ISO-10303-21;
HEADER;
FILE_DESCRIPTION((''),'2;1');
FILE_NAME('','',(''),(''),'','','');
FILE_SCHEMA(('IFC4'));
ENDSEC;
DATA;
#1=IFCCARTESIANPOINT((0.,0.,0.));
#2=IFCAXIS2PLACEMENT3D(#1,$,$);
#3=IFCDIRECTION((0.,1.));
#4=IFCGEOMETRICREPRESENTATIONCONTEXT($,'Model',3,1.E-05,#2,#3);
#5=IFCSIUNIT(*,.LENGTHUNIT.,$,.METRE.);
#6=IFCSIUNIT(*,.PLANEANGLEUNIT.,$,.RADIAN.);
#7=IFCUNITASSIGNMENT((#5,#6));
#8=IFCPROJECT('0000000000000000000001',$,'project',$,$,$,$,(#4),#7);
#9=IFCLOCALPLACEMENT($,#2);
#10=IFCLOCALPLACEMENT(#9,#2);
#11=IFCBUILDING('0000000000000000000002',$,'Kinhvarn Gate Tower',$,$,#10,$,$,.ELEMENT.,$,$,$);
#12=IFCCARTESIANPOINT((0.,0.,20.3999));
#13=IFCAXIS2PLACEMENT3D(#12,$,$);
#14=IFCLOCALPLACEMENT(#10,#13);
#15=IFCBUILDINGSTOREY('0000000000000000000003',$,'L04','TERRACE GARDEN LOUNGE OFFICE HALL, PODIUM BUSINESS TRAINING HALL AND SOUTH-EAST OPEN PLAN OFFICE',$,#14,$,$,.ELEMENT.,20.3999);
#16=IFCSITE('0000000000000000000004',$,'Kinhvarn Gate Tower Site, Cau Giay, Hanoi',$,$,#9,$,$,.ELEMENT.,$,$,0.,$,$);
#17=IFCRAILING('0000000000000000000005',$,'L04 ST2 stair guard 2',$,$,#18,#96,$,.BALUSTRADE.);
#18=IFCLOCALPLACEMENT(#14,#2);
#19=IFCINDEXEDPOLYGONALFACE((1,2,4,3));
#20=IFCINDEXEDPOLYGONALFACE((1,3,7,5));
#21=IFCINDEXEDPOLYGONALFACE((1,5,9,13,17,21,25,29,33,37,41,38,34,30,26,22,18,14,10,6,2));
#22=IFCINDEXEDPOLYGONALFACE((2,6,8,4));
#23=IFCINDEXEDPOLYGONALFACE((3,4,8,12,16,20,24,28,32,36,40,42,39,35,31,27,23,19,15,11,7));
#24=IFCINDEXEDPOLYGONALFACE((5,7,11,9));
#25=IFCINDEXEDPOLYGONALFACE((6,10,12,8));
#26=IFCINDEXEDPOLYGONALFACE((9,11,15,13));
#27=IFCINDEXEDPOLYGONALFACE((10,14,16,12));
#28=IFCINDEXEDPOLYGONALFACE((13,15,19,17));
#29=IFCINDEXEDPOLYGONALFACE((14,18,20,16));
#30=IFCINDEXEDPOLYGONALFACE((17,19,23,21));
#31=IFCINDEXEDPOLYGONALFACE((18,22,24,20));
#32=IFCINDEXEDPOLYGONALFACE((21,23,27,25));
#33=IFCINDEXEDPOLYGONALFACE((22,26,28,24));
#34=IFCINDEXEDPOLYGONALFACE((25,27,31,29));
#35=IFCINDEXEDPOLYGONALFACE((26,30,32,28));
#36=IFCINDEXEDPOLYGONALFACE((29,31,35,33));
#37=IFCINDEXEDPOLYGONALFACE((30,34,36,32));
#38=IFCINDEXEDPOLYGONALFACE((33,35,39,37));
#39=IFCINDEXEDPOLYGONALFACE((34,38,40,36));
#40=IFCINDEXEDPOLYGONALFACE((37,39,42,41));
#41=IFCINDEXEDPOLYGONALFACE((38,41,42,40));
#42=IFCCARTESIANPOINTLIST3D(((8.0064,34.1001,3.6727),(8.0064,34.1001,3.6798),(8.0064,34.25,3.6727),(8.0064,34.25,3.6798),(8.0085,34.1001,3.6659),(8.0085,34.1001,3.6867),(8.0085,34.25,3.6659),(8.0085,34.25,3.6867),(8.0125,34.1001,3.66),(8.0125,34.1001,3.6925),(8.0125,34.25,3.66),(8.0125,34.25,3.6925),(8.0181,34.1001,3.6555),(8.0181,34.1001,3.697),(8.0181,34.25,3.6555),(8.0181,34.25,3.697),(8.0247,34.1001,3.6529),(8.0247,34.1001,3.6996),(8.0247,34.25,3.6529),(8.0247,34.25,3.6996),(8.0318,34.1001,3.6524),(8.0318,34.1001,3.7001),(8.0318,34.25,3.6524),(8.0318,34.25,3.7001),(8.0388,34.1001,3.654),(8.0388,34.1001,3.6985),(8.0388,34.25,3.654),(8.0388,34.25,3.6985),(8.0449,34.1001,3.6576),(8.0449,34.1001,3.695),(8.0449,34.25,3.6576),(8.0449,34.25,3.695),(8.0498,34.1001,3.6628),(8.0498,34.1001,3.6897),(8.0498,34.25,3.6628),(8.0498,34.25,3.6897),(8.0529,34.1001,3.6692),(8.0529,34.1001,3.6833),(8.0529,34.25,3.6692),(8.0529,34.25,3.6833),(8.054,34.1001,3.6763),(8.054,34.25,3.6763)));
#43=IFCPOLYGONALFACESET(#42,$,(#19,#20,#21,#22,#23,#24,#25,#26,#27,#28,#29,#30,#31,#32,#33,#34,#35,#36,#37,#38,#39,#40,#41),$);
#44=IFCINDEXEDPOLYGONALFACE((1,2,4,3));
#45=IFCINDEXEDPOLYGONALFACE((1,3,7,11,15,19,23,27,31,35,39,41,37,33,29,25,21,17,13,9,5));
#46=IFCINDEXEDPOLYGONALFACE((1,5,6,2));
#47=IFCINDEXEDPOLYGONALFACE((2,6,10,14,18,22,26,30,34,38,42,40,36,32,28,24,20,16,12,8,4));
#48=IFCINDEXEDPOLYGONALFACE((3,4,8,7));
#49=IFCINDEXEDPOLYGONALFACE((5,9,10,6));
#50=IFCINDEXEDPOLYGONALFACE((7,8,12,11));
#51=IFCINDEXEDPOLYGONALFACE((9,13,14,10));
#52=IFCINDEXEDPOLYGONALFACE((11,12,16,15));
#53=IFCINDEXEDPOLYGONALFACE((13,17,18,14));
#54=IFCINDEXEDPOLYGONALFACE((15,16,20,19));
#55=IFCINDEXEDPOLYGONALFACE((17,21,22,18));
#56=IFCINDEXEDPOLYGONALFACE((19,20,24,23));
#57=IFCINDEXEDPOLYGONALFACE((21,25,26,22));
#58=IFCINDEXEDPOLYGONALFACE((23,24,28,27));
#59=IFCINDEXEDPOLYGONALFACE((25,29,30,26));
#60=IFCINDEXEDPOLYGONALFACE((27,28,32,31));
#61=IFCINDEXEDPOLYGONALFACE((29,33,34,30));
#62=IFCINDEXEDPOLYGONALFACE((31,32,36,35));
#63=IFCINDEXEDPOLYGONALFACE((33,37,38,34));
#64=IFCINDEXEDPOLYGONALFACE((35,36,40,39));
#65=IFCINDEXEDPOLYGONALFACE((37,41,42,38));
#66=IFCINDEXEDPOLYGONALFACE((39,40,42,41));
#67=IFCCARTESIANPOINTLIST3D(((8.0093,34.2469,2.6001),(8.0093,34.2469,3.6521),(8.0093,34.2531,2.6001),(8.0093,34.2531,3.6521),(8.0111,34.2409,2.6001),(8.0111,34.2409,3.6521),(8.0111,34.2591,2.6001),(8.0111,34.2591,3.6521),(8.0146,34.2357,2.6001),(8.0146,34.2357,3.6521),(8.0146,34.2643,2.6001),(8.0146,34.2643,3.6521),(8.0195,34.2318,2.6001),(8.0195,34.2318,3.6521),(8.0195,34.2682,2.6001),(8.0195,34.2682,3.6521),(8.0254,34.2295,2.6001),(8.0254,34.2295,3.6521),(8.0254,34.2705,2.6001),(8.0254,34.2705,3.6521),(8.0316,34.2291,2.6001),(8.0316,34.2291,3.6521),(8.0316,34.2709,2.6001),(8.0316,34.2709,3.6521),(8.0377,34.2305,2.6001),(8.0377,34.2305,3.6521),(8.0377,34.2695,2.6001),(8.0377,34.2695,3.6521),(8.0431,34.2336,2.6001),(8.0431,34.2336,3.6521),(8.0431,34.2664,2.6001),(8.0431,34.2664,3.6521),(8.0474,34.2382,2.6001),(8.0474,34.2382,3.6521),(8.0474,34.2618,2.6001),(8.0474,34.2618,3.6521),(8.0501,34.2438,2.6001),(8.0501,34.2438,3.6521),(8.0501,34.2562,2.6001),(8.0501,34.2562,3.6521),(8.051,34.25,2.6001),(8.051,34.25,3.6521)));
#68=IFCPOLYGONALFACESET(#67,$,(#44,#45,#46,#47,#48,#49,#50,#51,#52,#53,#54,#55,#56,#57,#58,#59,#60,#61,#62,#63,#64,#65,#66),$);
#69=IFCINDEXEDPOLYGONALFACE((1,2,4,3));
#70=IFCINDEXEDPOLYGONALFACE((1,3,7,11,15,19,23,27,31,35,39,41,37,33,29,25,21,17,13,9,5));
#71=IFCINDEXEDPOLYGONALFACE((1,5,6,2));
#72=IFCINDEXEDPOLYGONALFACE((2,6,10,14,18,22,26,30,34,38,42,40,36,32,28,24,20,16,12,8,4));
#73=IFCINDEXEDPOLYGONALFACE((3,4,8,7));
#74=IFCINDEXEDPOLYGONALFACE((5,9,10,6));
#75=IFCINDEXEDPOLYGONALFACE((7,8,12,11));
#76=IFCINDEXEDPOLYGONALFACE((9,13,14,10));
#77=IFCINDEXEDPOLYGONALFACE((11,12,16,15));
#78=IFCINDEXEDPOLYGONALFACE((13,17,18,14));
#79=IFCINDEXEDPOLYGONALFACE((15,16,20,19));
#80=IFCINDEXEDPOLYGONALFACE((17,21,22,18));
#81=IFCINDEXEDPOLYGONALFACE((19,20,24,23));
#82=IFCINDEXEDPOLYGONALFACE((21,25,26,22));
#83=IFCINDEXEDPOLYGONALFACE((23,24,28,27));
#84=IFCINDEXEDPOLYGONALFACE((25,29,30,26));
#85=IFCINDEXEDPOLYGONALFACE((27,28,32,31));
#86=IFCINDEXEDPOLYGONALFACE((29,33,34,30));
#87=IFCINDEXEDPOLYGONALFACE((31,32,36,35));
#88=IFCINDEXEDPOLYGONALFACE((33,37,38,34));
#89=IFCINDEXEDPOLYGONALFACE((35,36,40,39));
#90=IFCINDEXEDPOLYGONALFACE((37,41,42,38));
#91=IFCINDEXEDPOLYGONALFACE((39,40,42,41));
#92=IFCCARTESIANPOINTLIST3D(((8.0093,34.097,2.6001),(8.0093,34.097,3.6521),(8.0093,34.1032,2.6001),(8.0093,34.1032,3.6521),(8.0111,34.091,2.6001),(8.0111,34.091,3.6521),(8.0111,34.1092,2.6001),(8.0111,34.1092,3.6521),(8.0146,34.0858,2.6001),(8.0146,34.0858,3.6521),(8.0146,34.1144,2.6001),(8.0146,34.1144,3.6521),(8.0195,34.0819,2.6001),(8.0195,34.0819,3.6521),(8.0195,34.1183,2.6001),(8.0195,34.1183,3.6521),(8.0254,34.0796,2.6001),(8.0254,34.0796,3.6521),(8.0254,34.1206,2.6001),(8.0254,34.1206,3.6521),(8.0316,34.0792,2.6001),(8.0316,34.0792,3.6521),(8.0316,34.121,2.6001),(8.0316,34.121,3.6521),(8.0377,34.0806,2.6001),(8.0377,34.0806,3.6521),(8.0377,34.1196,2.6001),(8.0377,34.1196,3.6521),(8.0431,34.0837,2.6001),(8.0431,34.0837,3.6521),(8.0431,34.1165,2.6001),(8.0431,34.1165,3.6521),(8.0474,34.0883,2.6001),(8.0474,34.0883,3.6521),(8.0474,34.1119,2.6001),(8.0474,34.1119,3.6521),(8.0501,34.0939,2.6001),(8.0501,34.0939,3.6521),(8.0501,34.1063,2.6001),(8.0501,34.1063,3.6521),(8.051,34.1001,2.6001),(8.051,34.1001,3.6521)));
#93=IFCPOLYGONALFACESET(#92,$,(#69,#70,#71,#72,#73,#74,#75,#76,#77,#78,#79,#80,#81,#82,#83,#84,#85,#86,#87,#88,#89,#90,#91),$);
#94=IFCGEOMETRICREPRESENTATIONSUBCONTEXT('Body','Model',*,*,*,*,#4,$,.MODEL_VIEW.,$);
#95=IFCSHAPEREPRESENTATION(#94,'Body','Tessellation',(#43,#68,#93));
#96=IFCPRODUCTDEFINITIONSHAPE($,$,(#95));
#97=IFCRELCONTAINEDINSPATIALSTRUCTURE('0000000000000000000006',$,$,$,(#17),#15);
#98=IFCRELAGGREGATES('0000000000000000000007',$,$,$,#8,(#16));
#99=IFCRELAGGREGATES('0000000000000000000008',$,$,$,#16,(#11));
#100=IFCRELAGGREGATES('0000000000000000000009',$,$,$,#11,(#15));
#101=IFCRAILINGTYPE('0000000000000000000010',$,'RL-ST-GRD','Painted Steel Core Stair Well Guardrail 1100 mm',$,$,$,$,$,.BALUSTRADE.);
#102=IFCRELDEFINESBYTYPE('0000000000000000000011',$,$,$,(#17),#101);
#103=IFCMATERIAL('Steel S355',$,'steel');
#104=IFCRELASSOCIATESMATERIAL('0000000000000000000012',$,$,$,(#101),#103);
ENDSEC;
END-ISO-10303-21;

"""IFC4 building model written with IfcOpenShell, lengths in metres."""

from ifc_helpers import new_model, si_unit, direction, frame, origin, origin_2d, place, context, subcontext, project, spatial, circle, extrude, material, type_object, element, save


model = new_model("IFC4")

# Units and contexts
model_context = context("Model", 3, precision=1e-05, world=origin(), true_north=direction((0.0, 1.0)))
body_context = subcontext(model_context, "Body", "Model", "MODEL_VIEW")
ifc_project = project(units=[si_unit("LENGTHUNIT", "METRE"), si_unit("PLANEANGLEUNIT", "RADIAN")], contexts=[model_context])

# Site, building, storey
site_placement = place(None, origin())
site = spatial("IfcSite", under=ifc_project, at=site_placement, Name="Kinhvarn Gate Tower Site, Cau Giay, Hanoi", CompositionType="ELEMENT", RefElevation=0.0)
building_placement = place(site_placement, origin())
building = spatial("IfcBuilding", under=site, at=building_placement, Name="Kinhvarn Gate Tower", CompositionType="ELEMENT")
storey_placement = place(building_placement, frame((0.0, 0.0, 20.3999)))
storey = spatial("IfcBuildingStorey", under=building, at=storey_placement, Name="L04", Description="TERRACE GARDEN LOUNGE OFFICE HALL, PODIUM BUSINESS TRAINING HALL AND SOUTH-EAST OPEN PLAN OFFICE", CompositionType="ELEMENT", Elevation=20.3999)

# Shared definitions
ifc_material_1 = material(Name="Steel S355", Category="steel")

# Railing
railing_type_1 = type_object("IfcRailingType", Name="RL-ST-GRD", Description="Painted Steel Core Stair Well Guardrail 1100 mm", PredefinedType="BALUSTRADE", material=ifc_material_1)
railing_1_placement = place(storey_placement, frame((8.03, 34.25, 2.6001)))
element("IfcRailing", 1, at=railing_1_placement, inside=storey, type_object=railing_type_1, Name="L04 ST2 stair guard 2", PredefinedType="BALUSTRADE", context=body_context, shape_type="SweptSolid", body=[
    extrude(circle(Radius=0.0239, at=origin_2d()), frame((0.0, 0.0, 1.0762), z_axis=(0.0, -1.0, 0.0), x_axis=(1.0, 0.0, 0.0)), (0.0, 0.0, 1.0), 0.1499),
    extrude(circle(Radius=0.021, at=origin_2d()), origin(), (0.0, 0.0, 1.0), 1.052),
    extrude(circle(Radius=0.021, at=origin_2d()), frame((0.0, -0.1499, 0.0)), (0.0, 0.0, 1.0), 1.052),
])

save(model, "model.ifc")
